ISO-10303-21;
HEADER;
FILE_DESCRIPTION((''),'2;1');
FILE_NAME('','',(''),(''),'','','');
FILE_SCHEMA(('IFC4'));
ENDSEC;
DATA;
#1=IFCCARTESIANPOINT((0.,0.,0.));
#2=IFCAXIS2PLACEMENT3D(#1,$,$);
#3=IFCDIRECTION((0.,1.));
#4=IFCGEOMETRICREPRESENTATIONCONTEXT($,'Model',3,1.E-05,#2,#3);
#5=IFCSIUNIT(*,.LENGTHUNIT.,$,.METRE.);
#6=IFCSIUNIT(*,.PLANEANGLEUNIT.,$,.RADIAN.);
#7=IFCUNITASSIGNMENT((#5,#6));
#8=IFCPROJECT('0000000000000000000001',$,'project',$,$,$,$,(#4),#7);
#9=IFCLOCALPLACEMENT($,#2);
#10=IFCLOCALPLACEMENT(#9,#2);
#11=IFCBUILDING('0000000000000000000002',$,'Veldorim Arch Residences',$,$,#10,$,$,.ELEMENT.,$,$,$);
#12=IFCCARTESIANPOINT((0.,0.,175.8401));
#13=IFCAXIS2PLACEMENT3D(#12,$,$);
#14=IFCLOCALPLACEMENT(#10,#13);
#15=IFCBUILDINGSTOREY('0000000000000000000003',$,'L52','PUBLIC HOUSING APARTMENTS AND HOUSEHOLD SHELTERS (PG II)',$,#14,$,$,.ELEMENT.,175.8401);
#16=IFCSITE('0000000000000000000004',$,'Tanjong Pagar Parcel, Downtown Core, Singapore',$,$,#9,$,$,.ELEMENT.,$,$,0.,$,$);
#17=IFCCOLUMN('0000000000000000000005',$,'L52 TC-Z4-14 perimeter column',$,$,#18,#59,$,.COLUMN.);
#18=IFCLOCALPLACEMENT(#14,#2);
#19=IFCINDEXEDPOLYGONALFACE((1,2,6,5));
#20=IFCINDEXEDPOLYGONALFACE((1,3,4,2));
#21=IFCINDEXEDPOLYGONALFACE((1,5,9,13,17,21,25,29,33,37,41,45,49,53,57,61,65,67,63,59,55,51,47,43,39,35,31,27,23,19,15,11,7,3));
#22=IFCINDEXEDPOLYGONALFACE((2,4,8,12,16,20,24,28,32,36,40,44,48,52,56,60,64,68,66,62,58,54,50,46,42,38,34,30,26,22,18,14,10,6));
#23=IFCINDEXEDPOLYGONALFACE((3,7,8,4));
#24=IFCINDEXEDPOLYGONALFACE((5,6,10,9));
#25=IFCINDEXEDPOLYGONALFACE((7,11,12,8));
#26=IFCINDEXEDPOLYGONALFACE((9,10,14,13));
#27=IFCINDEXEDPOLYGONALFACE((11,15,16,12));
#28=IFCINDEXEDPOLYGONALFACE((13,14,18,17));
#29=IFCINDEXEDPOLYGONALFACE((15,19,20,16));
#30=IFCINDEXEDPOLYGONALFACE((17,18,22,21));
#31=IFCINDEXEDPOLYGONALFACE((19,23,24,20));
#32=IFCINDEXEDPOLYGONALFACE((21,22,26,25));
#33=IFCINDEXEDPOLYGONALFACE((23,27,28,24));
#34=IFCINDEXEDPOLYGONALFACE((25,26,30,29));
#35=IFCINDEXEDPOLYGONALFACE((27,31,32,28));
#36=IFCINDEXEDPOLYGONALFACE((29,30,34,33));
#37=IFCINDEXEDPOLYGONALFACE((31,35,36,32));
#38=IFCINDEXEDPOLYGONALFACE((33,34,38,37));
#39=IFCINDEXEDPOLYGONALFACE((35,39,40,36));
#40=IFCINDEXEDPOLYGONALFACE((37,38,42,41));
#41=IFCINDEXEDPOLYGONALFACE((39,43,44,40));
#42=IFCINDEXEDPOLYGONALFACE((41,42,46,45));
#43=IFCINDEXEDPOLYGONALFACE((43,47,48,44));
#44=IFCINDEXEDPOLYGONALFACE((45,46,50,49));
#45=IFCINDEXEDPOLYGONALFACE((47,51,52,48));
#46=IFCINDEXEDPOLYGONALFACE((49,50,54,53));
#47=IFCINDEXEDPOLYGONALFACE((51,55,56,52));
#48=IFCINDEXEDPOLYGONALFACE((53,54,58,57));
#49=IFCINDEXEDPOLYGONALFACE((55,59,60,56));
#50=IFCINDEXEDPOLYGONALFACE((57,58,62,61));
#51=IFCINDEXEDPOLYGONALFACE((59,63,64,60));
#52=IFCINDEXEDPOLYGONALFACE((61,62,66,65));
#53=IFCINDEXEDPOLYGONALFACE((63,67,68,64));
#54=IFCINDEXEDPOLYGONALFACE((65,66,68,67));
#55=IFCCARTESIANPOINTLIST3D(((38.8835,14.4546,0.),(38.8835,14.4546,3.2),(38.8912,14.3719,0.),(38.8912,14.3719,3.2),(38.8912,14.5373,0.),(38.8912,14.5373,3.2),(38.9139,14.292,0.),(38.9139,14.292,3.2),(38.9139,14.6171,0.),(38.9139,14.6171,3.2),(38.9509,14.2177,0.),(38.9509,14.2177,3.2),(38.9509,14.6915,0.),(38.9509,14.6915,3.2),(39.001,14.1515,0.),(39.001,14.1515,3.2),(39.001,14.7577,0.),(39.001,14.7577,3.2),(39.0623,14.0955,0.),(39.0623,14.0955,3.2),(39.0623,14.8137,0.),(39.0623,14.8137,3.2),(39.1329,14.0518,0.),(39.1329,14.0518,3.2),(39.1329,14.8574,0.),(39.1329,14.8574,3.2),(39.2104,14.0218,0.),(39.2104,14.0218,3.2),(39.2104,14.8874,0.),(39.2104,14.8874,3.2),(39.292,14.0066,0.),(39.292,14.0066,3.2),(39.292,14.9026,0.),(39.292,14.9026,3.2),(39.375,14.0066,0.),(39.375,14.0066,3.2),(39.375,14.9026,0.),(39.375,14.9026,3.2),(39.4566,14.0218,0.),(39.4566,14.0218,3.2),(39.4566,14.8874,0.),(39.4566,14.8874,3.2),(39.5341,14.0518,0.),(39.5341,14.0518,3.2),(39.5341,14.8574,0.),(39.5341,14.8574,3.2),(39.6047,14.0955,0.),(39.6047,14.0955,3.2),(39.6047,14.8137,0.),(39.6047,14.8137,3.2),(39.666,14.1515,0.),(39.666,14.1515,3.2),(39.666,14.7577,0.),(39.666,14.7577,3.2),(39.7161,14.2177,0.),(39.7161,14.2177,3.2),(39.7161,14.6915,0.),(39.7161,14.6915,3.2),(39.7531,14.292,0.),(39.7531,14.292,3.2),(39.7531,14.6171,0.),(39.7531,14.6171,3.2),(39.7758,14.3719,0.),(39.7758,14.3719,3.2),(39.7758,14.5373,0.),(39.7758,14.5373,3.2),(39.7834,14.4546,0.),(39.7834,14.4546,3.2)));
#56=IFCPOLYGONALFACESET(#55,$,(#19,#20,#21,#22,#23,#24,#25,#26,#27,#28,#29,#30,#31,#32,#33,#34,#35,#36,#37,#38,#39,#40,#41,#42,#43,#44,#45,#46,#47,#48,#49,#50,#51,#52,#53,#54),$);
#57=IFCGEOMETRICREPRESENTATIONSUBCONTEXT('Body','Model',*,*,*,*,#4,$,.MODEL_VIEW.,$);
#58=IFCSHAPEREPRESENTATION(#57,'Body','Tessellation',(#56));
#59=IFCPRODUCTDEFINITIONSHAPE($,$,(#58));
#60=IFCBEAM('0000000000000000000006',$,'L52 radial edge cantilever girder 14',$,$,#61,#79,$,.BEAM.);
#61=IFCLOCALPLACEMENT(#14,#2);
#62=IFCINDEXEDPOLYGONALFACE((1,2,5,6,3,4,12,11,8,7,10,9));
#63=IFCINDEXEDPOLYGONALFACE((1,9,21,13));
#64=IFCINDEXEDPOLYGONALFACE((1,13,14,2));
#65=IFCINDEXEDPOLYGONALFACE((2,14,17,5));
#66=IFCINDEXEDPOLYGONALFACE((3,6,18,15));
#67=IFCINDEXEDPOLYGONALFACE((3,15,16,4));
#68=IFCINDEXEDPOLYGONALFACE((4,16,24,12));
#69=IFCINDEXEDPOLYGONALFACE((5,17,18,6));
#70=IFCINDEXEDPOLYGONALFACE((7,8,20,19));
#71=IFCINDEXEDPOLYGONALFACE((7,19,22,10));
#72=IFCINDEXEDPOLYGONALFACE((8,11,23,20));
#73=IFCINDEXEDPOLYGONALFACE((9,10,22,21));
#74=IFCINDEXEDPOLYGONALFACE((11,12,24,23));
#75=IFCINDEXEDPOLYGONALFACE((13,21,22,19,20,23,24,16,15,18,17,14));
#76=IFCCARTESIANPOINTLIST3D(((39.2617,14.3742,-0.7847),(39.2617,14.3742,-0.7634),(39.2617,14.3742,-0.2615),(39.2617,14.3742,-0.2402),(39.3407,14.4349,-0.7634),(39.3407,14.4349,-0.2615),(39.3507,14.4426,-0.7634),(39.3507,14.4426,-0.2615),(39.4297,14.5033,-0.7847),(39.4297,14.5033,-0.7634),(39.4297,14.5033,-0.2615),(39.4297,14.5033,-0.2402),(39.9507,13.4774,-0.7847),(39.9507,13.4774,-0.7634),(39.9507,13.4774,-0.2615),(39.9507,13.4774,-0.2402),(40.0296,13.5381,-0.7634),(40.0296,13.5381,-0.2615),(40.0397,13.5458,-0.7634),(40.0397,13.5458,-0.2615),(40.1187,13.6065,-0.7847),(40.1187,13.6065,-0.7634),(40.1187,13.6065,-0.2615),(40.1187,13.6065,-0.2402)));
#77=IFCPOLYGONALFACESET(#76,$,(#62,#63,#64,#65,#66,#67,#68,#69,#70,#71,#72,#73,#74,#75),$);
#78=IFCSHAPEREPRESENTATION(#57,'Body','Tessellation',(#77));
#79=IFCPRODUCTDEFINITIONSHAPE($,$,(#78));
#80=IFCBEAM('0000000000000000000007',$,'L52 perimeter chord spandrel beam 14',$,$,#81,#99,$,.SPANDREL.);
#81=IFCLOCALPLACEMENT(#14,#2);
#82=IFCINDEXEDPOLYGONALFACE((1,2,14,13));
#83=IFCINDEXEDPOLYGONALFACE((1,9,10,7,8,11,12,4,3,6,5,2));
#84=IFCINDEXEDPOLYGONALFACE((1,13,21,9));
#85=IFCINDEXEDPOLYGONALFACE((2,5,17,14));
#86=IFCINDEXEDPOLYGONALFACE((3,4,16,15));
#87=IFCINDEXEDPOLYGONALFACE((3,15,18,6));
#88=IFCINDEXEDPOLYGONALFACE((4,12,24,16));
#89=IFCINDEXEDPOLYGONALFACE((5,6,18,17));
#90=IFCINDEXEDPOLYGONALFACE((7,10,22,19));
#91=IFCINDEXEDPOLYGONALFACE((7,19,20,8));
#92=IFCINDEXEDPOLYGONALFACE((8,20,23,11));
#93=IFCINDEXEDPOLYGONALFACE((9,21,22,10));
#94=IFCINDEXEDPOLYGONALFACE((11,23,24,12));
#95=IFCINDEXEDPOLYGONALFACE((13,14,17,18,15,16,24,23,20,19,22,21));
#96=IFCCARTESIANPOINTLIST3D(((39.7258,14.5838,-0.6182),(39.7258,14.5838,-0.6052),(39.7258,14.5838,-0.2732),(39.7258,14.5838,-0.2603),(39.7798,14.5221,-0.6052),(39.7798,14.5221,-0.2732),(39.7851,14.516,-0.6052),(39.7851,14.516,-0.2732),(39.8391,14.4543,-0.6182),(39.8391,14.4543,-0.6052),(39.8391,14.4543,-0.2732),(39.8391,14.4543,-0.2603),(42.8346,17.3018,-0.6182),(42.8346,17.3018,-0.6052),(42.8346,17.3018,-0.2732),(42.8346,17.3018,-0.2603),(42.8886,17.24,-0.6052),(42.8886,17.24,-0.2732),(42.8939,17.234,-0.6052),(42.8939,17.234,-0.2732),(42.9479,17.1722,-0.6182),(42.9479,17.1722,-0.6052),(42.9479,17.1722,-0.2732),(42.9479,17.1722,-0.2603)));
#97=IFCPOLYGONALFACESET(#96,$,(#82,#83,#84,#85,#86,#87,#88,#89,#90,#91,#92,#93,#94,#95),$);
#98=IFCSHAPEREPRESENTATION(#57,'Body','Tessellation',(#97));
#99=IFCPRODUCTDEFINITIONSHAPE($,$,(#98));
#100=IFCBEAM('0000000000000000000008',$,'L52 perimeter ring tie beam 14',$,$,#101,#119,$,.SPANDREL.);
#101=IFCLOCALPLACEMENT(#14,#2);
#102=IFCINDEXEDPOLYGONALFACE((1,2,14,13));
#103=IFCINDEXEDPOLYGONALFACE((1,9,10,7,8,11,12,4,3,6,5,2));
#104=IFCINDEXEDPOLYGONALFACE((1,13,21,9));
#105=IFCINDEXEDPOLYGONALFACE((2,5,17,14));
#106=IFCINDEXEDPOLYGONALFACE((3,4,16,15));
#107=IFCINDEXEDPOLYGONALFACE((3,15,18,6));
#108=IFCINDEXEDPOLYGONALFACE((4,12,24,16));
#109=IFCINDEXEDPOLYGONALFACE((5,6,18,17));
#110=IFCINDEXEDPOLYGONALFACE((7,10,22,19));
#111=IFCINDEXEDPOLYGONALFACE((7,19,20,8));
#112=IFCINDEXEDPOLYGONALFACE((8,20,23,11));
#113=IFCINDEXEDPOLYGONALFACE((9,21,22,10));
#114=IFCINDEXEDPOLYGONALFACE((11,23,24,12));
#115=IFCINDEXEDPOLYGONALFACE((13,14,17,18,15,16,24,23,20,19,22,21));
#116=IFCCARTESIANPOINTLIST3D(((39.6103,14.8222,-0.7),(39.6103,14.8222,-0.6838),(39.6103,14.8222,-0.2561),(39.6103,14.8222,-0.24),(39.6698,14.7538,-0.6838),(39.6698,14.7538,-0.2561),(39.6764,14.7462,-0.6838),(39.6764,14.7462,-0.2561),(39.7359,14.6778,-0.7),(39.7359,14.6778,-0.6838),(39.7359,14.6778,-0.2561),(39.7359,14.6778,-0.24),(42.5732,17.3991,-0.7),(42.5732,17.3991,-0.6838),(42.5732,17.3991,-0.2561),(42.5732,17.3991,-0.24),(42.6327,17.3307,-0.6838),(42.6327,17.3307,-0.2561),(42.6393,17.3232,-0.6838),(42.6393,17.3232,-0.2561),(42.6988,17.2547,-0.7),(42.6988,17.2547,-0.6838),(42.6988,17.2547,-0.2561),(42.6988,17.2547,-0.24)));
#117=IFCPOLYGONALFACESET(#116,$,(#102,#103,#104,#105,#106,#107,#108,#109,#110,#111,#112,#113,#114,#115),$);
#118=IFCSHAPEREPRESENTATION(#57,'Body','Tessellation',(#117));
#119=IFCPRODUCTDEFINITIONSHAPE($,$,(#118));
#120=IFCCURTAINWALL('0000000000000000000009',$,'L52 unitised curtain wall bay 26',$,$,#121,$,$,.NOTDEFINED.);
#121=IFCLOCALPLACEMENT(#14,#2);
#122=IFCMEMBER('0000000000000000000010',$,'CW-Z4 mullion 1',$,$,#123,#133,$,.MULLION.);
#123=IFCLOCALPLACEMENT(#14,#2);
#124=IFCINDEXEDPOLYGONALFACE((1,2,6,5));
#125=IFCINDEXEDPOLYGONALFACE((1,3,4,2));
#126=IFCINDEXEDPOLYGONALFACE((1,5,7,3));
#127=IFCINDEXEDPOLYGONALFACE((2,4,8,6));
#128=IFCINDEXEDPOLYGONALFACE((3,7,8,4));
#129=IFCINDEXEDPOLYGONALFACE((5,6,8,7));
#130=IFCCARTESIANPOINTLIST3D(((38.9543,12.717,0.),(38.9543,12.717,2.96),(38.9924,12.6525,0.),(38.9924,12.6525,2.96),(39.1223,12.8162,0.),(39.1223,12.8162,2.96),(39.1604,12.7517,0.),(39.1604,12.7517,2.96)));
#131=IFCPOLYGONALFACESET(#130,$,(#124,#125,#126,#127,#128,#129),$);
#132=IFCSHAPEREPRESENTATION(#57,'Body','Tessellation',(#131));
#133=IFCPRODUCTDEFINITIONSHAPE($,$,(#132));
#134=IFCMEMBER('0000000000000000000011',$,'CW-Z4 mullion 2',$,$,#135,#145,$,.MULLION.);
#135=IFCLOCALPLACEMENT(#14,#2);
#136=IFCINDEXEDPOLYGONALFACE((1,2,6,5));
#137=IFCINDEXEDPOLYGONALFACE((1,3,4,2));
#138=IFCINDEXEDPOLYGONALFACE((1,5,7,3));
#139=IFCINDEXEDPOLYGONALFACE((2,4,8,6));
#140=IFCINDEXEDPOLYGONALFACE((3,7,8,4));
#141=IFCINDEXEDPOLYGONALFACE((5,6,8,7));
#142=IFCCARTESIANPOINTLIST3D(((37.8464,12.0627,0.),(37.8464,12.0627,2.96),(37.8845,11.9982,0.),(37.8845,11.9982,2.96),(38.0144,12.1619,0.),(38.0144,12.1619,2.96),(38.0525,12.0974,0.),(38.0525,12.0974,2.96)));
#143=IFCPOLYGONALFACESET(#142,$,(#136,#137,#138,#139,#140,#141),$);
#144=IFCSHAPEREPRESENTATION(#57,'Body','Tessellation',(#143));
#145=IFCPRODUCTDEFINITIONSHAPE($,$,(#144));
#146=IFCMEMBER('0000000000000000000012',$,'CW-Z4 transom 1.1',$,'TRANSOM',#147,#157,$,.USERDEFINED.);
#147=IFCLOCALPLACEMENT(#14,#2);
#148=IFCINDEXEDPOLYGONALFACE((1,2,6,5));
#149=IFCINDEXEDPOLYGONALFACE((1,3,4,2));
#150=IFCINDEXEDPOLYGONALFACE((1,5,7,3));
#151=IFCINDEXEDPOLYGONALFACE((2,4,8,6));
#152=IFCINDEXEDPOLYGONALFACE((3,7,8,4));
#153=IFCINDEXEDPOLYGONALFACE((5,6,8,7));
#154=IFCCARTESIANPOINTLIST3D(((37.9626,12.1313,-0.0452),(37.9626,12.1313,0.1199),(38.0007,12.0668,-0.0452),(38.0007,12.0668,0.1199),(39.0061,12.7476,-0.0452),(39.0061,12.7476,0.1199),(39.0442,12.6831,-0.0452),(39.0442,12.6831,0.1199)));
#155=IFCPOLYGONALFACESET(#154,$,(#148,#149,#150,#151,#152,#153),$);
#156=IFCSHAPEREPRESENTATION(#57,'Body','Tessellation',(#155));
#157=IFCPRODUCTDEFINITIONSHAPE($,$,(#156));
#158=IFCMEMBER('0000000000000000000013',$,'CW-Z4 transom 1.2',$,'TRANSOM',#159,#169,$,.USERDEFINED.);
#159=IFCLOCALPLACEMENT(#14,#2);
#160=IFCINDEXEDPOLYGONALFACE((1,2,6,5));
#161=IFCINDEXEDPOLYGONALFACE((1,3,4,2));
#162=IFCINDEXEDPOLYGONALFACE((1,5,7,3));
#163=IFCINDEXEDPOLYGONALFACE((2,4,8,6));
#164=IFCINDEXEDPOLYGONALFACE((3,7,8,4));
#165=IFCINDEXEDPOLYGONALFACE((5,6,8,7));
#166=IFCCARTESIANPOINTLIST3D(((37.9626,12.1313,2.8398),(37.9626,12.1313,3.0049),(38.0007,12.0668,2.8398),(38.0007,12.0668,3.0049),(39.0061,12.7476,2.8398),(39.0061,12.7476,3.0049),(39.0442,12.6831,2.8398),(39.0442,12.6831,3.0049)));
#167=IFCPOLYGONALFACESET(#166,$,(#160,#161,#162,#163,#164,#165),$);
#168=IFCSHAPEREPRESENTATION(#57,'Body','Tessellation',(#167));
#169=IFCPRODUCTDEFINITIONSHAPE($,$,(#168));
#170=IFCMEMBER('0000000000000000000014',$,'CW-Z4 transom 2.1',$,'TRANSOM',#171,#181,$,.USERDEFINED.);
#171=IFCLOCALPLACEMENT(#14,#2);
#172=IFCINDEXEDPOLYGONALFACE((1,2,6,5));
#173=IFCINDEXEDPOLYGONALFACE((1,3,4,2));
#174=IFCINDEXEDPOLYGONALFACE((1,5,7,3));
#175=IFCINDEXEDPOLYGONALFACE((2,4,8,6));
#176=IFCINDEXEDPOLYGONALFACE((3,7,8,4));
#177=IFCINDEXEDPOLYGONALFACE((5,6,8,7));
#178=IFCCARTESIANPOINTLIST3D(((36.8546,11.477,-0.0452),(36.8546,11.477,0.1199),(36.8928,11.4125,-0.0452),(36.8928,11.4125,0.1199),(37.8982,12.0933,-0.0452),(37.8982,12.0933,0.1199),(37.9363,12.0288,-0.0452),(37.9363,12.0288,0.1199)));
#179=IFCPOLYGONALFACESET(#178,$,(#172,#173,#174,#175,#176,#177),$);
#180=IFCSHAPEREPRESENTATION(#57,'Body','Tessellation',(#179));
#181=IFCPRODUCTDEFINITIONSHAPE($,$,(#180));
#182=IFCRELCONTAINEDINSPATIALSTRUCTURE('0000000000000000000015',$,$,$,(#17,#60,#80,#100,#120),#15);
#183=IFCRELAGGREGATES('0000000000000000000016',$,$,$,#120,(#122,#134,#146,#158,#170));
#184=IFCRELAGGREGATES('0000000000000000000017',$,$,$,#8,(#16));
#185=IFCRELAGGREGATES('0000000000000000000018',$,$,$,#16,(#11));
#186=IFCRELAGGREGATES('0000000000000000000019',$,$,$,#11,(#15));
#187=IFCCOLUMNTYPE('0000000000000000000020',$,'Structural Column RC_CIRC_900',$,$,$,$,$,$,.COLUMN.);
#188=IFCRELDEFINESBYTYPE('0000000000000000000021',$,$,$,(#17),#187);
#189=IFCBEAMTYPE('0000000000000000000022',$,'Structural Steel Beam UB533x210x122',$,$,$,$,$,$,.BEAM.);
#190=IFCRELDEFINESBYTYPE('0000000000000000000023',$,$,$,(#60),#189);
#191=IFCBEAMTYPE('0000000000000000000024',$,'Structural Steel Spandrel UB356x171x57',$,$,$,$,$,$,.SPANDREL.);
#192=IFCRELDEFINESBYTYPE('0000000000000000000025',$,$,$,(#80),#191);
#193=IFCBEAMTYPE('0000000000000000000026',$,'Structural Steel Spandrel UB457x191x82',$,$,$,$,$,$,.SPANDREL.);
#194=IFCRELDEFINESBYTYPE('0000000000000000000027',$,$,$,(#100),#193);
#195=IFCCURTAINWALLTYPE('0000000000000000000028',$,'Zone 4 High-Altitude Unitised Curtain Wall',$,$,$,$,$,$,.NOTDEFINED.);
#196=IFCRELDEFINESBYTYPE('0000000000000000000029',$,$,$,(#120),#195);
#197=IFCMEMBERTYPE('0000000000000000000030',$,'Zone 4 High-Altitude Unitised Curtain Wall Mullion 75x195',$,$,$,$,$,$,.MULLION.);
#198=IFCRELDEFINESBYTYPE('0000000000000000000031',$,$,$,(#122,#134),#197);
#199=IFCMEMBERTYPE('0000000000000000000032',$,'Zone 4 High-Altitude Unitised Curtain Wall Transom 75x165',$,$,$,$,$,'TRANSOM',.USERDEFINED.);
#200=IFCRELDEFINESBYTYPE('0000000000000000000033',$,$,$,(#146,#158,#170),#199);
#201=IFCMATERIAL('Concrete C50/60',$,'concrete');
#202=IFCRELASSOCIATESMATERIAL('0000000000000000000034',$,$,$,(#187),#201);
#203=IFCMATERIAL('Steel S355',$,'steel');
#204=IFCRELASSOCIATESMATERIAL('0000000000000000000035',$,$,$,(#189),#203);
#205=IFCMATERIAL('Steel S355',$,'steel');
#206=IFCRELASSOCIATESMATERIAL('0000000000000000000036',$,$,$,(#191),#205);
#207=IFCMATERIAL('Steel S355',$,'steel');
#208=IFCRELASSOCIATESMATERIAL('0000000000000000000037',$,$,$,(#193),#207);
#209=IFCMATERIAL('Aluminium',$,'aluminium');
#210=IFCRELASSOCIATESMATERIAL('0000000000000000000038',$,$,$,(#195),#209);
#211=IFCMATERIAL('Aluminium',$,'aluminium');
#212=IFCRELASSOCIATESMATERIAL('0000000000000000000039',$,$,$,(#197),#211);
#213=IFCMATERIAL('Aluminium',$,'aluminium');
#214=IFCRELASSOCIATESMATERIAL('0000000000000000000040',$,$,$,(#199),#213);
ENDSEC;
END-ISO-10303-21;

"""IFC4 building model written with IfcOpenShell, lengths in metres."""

from ifc_helpers import new_model, si_unit, direction, frame, origin, origin_2d, place, context, subcontext, project, spatial, rectangle, circle, i_section, extrude, material, material_profile, profile_set, type_object, element, aggregate, save


model = new_model("IFC4")

# Units and contexts
model_context = context("Model", 3, precision=1e-05, world=origin(), true_north=direction((0.0, 1.0)))
body_context = subcontext(model_context, "Body", "Model", "MODEL_VIEW")
ifc_project = project(units=[si_unit("LENGTHUNIT", "METRE"), si_unit("PLANEANGLEUNIT", "RADIAN")], contexts=[model_context])

# Site, building, storey
site_placement = place(None, origin())
site = spatial("IfcSite", under=ifc_project, at=site_placement, Name="Tanjong Pagar Parcel, Downtown Core, Singapore", CompositionType="ELEMENT", RefElevation=0.0)
building_placement = place(site_placement, origin())
building = spatial("IfcBuilding", under=site, at=building_placement, Name="Veldorim Arch Residences", CompositionType="ELEMENT")
storey_placement = place(building_placement, frame((0.0, 0.0, 175.8401)))
storey = spatial("IfcBuildingStorey", under=building, at=storey_placement, Name="L52", Description="PUBLIC HOUSING APARTMENTS AND HOUSEHOLD SHELTERS (PG II)", CompositionType="ELEMENT", Elevation=175.8401)

# Column
ifc_material_1 = material(Name="Concrete C50/60", Category="concrete")
ifc_material_profile_1 = material_profile(ifc_material_1, circle(Radius=0.45, at=origin_2d()), Name="RC_CIRC_900")
ifc_profile_set_1 = profile_set([ifc_material_profile_1], Name="Concrete C50/60")
column_type = type_object("IfcColumnType", Name="Structural Column RC_CIRC_900", PredefinedType="COLUMN", material=ifc_profile_set_1)
column_placement = place(storey_placement, frame((39.3335, 14.4546, 0.0), z_axis=(0.0, 0.0, 1.0), x_axis=(1.0, 0.0, 0.0)))
element("IfcColumn", 1, at=column_placement, inside=storey, type_object=column_type, Name="L52 TC-Z4-14 perimeter column", PredefinedType="COLUMN", context=body_context, shape_type="SweptSolid", body=[
    extrude(circle(Radius=0.45, at=origin_2d()), origin(), (0.0, 0.0, 1.0), 3.2),
])

# Beams
ifc_material_2 = material(Name="Steel S355", Category="steel")
ifc_material_profile_2 = material_profile(ifc_material_2, i_section(OverallWidth=0.2119, OverallDepth=0.5444, WebThickness=0.0127, FlangeThickness=0.0212, at=origin_2d()), Name="UB533x210x122")
ifc_profile_set_2 = profile_set([ifc_material_profile_2], Name="Steel S355")
beam_type_1 = type_object("IfcBeamType", Name="Structural Steel Beam UB533x210x122", PredefinedType="BEAM", material=ifc_profile_set_2)
beam_1_placement = place(storey_placement, frame((39.3457, 14.4387, -0.5125), z_axis=(0.609252, -0.792977, 0.0), x_axis=(0.792977, 0.609252, 0.0)))
element("IfcBeam", 2, at=beam_1_placement, inside=storey, type_object=beam_type_1, Name="L52 radial edge cantilever girder 14", PredefinedType="BEAM", context=body_context, shape_type="SweptSolid", body=[
    extrude(i_section(OverallWidth=0.2119, OverallDepth=0.5444, WebThickness=0.0127, FlangeThickness=0.0212, at=origin_2d()), origin(), (0.0, 0.0, 1.0), 1.1309),
])
ifc_material_3 = material(Name="Steel S355", Category="steel")
ifc_material_profile_3 = material_profile(ifc_material_3, i_section(OverallWidth=0.1721, OverallDepth=0.3579, WebThickness=0.0081, FlangeThickness=0.0129, at=origin_2d()), Name="UB356x171x57")
ifc_profile_set_3 = profile_set([ifc_material_profile_3], Name="Steel S355")
beam_type_2 = type_object("IfcBeamType", Name="Structural Steel Spandrel UB356x171x57", PredefinedType="SPANDREL", material=ifc_profile_set_3)
beam_2_placement = place(storey_placement, frame((39.7825, 14.519, -0.4392), z_axis=(0.752848, 0.658195, 0.0), x_axis=(-0.658195, 0.752848, 0.0)))
element("IfcBeam", 3, at=beam_2_placement, inside=storey, type_object=beam_type_2, Name="L52 perimeter chord spandrel beam 14", PredefinedType="SPANDREL", context=body_context, shape_type="SweptSolid", body=[
    extrude(i_section(OverallWidth=0.1721, OverallDepth=0.3579, WebThickness=0.0081, FlangeThickness=0.0129, at=origin_2d()), origin(), (0.0, 0.0, 1.0), 4.1294),
])
ifc_material_4 = material(Name="Steel S355", Category="steel")
ifc_material_profile_4 = material_profile(ifc_material_4, i_section(OverallWidth=0.1914, OverallDepth=0.46, WebThickness=0.01, FlangeThickness=0.0161, at=origin_2d()), Name="UB457x191x82")
ifc_profile_set_4 = profile_set([ifc_material_profile_4], Name="Steel S355")
beam_type_3 = type_object("IfcBeamType", Name="Structural Steel Spandrel UB457x191x82", PredefinedType="SPANDREL", material=ifc_profile_set_4)
beam_3_placement = place(storey_placement, frame((39.6731, 14.75, -0.47), z_axis=(0.754545, 0.656248, 0.0), x_axis=(-0.656248, 0.754545, 0.0)))
element("IfcBeam", 4, at=beam_3_placement, inside=storey, type_object=beam_type_3, Name="L52 perimeter ring tie beam 14", PredefinedType="SPANDREL", context=body_context, shape_type="SweptSolid", body=[
    extrude(i_section(OverallWidth=0.1914, OverallDepth=0.46, WebThickness=0.01, FlangeThickness=0.0161, at=origin_2d()), origin(), (0.0, 0.0, 1.0), 3.9268),
])

# Curtain wall, members
ifc_material_5 = material(Name="Aluminium", Category="aluminium")
curtain_wall_type = type_object("IfcCurtainWallType", Name="Zone 4 High-Altitude Unitised Curtain Wall", PredefinedType="NOTDEFINED", material=ifc_material_5)
curtain_wall_placement = place(storey_placement, origin())
curtain_wall = element("IfcCurtainWall", 5, at=curtain_wall_placement, inside=storey, type_object=curtain_wall_type, Name="L52 unitised curtain wall bay 26", PredefinedType="NOTDEFINED")
ifc_material_6 = material(Name="Aluminium", Category="aluminium")
ifc_material_profile_5 = material_profile(ifc_material_6, rectangle(XDim=0.075, YDim=0.1951, at=origin_2d()), Name="ALU_MUL_75x195")
ifc_profile_set_5 = profile_set([ifc_material_profile_5], Name="Aluminium")
member_type_1 = type_object("IfcMemberType", Name="Zone 4 High-Altitude Unitised Curtain Wall Mullion 75x195", PredefinedType="MULLION", material=ifc_profile_set_5)
member_1_placement = place(storey_placement, frame((39.0574, 12.7344, 0.0), z_axis=(0.0, 0.0, 1.0), x_axis=(0.508514, -0.861054, 0.0)))
member_1 = element("IfcMember", 6, at=member_1_placement, type_object=member_type_1, Name="CW-Z4 mullion 1", PredefinedType="MULLION", context=body_context, shape_type="SweptSolid", body=[
    extrude(rectangle(XDim=0.075, YDim=0.1951, at=origin_2d()), origin(), (0.0, 0.0, 1.0), 2.96),
])
member_2_placement = place(storey_placement, frame((37.9495, 12.0801, 0.0), z_axis=(0.0, 0.0, 1.0), x_axis=(0.508514, -0.861054, 0.0)))
member_2 = element("IfcMember", 7, at=member_2_placement, type_object=member_type_1, Name="CW-Z4 mullion 2", PredefinedType="MULLION", context=body_context, shape_type="SweptSolid", body=[
    extrude(rectangle(XDim=0.075, YDim=0.1951, at=origin_2d()), origin(), (0.0, 0.0, 1.0), 2.96),
])
ifc_material_7 = material(Name="Aluminium", Category="aluminium")
ifc_material_profile_6 = material_profile(ifc_material_7, rectangle(XDim=0.075, YDim=0.165, at=origin_2d()), Name="ALU_TRN_75x165")
ifc_profile_set_6 = profile_set([ifc_material_profile_6], Name="Aluminium")
member_type_2 = type_object("IfcMemberType", Name="Zone 4 High-Altitude Unitised Curtain Wall Transom 75x165", ElementType="TRANSOM", PredefinedType="USERDEFINED", material=ifc_profile_set_6)
member_3_placement = place(storey_placement, frame((39.0251, 12.7153, 0.0374), z_axis=(-0.861063, -0.508499, 0.0), x_axis=(0.508499, -0.861063, 0.0)))
member_3 = element("IfcMember", 8, at=member_3_placement, type_object=member_type_2, Name="CW-Z4 transom 1.1", ObjectType="TRANSOM", PredefinedType="USERDEFINED", context=body_context, shape_type="SweptSolid", body=[
    extrude(rectangle(XDim=0.075, YDim=0.165, at=origin_2d()), origin(), (0.0, 0.0, 1.0), 1.2119),
])
member_4_placement = place(storey_placement, frame((39.0251, 12.7153, 2.9224), z_axis=(-0.861063, -0.508499, 0.0), x_axis=(0.508499, -0.861063, 0.0)))
member_4 = element("IfcMember", 9, at=member_4_placement, type_object=member_type_2, Name="CW-Z4 transom 1.2", ObjectType="TRANSOM", PredefinedType="USERDEFINED", context=body_context, shape_type="SweptSolid", body=[
    extrude(rectangle(XDim=0.075, YDim=0.165, at=origin_2d()), origin(), (0.0, 0.0, 1.0), 1.2119),
])
member_5_placement = place(storey_placement, frame((37.9172, 12.061, 0.0374), z_axis=(-0.861063, -0.508499, 0.0), x_axis=(0.508499, -0.861063, 0.0)))
member_5 = element("IfcMember", 10, at=member_5_placement, type_object=member_type_2, Name="CW-Z4 transom 2.1", ObjectType="TRANSOM", PredefinedType="USERDEFINED", context=body_context, shape_type="SweptSolid", body=[
    extrude(rectangle(XDim=0.075, YDim=0.165, at=origin_2d()), origin(), (0.0, 0.0, 1.0), 1.2119),
])
aggregate(curtain_wall, [member_1, member_2, member_3, member_4, member_5])

save(model, "model.ifc")
